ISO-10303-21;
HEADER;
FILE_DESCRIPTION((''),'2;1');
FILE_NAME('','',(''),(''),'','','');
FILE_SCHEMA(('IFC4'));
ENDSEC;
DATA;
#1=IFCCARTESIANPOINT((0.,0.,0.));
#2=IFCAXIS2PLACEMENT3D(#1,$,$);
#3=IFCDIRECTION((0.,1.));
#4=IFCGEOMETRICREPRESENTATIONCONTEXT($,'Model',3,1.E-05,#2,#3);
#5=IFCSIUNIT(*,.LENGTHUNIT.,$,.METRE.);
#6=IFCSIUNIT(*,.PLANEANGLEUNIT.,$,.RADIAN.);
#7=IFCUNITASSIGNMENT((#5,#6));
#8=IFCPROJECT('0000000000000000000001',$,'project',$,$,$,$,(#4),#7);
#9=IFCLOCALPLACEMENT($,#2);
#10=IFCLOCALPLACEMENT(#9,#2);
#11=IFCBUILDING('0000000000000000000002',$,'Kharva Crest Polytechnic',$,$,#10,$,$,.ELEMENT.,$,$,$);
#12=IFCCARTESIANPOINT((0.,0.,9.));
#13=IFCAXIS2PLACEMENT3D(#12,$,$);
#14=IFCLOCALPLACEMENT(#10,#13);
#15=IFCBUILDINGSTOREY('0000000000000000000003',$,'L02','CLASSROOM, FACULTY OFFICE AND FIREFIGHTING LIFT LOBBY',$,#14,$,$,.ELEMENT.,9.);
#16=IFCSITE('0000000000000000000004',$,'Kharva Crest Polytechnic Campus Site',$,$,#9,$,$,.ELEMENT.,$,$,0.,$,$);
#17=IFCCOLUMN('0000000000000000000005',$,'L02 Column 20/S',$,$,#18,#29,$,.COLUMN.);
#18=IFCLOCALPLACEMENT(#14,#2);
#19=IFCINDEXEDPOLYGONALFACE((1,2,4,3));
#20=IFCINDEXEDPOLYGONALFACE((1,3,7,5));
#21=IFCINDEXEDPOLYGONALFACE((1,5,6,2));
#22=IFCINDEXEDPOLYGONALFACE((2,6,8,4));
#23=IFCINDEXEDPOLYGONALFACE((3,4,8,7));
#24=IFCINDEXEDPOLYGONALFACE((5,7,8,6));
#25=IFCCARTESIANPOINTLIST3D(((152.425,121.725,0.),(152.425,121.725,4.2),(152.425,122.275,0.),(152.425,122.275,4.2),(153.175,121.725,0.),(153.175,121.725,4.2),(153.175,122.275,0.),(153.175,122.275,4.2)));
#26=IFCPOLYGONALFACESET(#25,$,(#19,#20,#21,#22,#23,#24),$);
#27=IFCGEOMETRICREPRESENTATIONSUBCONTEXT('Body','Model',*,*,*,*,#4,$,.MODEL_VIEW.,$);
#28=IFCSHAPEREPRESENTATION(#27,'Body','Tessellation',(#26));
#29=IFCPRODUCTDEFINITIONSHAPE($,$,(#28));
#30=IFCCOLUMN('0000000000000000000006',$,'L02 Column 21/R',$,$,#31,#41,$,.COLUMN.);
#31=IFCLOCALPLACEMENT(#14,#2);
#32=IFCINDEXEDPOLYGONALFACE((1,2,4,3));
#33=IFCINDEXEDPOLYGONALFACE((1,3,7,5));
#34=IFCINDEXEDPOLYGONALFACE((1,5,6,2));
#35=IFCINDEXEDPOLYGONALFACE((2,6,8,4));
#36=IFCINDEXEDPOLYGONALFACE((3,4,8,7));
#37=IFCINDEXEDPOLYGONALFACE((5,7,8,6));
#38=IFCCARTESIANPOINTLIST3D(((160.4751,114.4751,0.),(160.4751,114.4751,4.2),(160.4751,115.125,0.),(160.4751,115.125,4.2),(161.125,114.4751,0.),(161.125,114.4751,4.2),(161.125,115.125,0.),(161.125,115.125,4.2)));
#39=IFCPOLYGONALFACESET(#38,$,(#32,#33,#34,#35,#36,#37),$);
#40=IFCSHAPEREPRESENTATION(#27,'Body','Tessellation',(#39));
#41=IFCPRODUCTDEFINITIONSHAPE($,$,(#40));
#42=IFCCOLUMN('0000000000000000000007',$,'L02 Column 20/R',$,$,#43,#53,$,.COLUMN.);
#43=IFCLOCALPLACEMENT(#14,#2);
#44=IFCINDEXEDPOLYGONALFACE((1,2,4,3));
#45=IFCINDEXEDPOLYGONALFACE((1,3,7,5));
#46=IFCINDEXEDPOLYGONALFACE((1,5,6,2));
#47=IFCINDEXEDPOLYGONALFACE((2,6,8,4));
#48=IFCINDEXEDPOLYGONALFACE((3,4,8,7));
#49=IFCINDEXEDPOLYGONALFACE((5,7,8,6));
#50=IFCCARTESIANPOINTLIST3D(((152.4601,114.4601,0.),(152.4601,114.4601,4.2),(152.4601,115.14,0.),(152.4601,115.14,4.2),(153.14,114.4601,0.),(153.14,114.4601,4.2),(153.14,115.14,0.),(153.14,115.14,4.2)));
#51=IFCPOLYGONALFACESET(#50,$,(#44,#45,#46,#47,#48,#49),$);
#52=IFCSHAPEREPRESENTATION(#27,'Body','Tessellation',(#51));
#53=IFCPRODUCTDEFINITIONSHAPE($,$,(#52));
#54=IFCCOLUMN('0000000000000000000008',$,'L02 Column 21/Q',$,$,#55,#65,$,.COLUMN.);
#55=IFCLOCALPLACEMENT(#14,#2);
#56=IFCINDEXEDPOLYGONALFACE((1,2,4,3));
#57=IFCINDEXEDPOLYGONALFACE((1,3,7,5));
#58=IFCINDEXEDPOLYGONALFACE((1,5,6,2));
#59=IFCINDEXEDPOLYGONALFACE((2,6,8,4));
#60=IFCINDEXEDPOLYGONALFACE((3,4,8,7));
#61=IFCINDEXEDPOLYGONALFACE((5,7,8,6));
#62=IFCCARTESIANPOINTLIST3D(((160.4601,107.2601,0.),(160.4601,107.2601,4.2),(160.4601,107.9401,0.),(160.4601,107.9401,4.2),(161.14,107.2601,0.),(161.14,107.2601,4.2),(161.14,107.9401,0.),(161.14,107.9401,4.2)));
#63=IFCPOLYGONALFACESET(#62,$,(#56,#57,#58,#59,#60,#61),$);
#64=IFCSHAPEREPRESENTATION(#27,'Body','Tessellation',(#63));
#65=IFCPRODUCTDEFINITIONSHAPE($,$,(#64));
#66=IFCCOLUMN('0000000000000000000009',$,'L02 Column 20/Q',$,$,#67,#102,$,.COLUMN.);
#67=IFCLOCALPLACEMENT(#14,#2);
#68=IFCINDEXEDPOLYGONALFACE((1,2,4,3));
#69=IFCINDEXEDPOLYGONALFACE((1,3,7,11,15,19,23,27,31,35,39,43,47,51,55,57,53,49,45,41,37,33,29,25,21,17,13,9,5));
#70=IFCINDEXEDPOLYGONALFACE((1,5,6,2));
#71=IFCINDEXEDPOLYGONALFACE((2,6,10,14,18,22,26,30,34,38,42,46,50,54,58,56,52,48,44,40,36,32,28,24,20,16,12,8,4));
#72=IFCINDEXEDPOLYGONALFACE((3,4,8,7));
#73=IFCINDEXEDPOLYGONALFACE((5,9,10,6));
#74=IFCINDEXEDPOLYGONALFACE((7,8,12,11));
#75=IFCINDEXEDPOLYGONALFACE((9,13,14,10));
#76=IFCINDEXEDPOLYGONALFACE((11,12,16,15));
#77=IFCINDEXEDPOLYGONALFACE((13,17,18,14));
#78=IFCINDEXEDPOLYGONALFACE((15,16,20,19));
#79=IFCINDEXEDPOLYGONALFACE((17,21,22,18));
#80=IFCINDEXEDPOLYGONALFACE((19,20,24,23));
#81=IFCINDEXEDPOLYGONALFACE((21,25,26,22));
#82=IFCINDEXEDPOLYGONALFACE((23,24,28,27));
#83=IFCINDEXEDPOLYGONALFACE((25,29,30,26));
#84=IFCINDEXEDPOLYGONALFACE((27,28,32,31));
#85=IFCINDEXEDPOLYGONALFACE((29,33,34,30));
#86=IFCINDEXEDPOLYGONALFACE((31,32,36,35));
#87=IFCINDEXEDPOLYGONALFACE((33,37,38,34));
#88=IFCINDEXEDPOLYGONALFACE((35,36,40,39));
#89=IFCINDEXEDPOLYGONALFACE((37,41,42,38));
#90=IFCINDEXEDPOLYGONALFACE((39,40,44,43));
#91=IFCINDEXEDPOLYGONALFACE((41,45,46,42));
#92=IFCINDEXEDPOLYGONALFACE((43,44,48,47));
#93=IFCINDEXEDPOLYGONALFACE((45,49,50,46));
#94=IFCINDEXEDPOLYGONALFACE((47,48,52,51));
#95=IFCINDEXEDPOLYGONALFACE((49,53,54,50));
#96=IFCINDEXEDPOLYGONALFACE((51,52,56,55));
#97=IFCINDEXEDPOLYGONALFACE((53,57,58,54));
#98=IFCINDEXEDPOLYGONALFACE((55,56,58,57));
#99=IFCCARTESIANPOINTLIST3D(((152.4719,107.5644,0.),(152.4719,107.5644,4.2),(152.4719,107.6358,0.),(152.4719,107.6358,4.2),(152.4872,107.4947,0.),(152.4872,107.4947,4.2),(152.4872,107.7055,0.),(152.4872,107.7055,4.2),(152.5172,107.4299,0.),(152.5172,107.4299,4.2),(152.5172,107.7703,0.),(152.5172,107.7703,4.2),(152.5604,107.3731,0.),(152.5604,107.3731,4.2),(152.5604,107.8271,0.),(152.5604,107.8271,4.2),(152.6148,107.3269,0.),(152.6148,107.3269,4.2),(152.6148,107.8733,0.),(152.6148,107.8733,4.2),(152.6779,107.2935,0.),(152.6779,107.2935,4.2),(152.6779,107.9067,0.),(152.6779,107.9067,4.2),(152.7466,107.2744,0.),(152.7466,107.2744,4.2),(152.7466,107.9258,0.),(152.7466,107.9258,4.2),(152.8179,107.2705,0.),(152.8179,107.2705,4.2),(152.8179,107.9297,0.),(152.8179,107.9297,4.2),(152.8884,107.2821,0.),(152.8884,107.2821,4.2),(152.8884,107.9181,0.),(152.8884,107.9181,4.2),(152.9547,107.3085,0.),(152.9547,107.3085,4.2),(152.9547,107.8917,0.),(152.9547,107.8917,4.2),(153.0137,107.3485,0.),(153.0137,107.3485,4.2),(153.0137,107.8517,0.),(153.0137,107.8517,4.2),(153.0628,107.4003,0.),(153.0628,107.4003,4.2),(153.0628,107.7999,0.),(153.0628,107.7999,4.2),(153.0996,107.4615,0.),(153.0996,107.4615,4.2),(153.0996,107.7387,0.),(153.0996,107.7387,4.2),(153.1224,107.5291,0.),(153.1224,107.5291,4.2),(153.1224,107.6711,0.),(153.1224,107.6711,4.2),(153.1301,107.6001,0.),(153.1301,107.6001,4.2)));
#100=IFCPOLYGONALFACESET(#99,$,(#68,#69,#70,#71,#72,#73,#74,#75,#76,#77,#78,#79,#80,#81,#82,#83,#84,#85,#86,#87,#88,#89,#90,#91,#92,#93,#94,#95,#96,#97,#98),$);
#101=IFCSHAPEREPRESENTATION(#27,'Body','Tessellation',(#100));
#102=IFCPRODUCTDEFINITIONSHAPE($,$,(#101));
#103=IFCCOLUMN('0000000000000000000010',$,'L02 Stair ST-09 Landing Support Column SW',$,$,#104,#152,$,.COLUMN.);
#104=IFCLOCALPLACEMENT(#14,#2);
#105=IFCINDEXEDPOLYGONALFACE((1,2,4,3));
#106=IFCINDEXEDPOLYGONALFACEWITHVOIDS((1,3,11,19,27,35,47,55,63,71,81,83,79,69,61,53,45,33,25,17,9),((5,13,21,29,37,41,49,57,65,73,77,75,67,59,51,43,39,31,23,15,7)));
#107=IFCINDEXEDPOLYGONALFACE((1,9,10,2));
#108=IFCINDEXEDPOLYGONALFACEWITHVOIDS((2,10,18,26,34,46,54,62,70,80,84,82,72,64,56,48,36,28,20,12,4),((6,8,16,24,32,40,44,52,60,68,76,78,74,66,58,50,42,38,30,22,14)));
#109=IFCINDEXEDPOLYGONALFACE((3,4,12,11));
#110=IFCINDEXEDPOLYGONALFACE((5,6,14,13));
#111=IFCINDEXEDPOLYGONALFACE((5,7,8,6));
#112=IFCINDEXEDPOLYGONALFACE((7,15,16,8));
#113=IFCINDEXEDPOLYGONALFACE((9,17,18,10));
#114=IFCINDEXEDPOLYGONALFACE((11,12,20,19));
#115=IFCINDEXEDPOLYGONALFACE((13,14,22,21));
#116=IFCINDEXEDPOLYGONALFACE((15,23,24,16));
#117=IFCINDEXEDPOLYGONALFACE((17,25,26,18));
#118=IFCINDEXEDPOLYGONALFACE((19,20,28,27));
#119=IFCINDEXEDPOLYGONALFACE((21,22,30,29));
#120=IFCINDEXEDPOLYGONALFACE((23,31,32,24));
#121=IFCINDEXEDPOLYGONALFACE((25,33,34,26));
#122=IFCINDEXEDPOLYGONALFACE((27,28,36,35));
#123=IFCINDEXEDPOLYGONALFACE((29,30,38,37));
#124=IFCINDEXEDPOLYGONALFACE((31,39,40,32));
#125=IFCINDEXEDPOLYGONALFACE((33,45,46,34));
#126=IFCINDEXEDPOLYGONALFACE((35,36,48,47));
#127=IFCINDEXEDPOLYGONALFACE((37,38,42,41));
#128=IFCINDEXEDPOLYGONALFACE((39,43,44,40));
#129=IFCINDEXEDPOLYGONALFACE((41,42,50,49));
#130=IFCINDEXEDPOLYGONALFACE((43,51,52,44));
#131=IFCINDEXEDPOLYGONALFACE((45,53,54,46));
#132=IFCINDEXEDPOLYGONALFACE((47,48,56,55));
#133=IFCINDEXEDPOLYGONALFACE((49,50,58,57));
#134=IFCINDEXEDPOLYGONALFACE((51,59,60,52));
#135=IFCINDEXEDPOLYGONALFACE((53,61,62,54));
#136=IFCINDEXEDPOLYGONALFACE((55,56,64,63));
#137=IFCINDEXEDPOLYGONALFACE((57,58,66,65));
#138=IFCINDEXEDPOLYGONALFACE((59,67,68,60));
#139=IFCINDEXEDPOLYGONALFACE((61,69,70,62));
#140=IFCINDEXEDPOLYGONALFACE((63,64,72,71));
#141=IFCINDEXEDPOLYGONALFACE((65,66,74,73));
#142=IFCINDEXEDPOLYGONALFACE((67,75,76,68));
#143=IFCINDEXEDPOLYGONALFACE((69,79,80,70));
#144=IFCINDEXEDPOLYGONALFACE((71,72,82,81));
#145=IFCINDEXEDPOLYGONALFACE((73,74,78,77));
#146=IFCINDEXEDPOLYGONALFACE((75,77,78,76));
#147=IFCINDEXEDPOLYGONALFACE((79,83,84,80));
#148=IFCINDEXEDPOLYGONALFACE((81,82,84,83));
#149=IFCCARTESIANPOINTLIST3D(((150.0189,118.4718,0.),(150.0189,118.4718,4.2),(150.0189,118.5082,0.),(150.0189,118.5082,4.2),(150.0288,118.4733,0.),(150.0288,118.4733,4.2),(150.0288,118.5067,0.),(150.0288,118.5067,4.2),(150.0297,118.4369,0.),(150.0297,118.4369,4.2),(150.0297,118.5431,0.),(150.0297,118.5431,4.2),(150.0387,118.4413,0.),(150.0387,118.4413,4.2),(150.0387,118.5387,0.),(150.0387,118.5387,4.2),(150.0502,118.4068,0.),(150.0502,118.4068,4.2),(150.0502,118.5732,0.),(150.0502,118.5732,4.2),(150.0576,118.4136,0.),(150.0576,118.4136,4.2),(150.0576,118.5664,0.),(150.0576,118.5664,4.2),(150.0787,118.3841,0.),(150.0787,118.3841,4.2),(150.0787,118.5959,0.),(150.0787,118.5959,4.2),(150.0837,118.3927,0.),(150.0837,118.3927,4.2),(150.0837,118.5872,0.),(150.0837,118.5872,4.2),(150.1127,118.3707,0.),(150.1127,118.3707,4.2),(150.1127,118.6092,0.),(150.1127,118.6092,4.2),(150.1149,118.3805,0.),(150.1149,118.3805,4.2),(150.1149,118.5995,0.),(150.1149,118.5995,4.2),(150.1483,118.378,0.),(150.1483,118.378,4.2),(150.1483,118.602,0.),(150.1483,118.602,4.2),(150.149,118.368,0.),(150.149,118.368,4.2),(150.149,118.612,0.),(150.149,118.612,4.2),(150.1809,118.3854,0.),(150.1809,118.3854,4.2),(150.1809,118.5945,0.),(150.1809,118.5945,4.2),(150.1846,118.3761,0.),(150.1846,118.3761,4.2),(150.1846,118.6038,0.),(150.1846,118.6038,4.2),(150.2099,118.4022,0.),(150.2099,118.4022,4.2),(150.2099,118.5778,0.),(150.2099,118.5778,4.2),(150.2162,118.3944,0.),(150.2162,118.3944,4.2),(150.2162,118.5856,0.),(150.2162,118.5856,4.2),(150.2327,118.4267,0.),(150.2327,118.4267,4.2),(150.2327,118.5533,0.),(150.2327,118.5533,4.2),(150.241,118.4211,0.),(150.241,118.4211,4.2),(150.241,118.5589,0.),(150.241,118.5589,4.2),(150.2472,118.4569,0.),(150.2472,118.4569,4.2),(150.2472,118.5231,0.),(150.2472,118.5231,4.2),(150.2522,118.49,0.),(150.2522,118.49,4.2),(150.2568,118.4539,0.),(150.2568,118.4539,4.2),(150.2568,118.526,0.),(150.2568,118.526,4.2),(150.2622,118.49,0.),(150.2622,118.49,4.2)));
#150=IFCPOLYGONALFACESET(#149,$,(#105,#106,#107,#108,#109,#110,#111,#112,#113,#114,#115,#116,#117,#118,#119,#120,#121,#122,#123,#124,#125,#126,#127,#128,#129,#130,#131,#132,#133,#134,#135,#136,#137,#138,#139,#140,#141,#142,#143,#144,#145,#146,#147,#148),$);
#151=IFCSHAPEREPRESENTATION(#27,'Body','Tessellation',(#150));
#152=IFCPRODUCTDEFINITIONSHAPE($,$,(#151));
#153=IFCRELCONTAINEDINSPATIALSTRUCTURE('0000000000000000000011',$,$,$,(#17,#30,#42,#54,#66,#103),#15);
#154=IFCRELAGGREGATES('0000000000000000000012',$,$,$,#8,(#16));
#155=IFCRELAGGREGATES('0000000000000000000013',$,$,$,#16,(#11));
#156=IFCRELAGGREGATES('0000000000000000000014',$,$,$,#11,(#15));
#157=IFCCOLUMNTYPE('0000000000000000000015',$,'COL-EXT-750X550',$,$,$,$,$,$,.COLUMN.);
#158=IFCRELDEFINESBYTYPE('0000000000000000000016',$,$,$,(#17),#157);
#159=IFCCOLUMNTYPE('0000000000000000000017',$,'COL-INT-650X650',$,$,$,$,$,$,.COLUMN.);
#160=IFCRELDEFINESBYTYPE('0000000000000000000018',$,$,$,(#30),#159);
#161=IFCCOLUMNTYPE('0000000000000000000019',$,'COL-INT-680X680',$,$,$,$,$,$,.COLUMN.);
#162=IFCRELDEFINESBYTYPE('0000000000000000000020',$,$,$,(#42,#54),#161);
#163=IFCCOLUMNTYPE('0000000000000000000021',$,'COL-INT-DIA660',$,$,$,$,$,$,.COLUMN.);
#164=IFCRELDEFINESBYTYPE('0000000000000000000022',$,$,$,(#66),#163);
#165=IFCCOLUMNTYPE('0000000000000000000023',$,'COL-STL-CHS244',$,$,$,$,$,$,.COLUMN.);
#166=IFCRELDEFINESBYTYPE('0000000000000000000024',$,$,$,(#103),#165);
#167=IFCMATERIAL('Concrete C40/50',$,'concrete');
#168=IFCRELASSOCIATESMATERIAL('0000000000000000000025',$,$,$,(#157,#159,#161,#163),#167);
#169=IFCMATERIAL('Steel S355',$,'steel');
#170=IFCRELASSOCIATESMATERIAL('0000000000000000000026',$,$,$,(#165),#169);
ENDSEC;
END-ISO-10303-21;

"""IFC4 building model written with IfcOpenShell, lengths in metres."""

from ifc_helpers import new_model, si_unit, direction, frame, origin, origin_2d, place, context, subcontext, project, spatial, rectangle, circle, hollow_circle, extrude, material, material_profile, profile_set, type_object, element, save


model = new_model("IFC4")

# Units and contexts
model_context = context("Model", 3, precision=1e-05, world=origin(), true_north=direction((0.0, 1.0)))
body_context = subcontext(model_context, "Body", "Model", "MODEL_VIEW")
ifc_project = project(units=[si_unit("LENGTHUNIT", "METRE"), si_unit("PLANEANGLEUNIT", "RADIAN")], contexts=[model_context])

# Site, building, storey
site_placement = place(None, origin())
site = spatial("IfcSite", under=ifc_project, at=site_placement, Name="Kharva Crest Polytechnic Campus Site", CompositionType="ELEMENT", RefElevation=0.0)
building_placement = place(site_placement, origin())
building = spatial("IfcBuilding", under=site, at=building_placement, Name="Kharva Crest Polytechnic", CompositionType="ELEMENT")
storey_placement = place(building_placement, frame((0.0, 0.0, 9.0)))
storey = spatial("IfcBuildingStorey", under=building, at=storey_placement, Name="L02", Description="CLASSROOM, FACULTY OFFICE AND FIREFIGHTING LIFT LOBBY", CompositionType="ELEMENT", Elevation=9.0)

# Columns
ifc_material_1 = material(Name="Concrete C40/50", Category="concrete")
ifc_material_profile_1 = material_profile(ifc_material_1, rectangle(XDim=0.75, YDim=0.55, at=origin_2d()), Name="RECT 750 X 550")
ifc_profile_set_1 = profile_set([ifc_material_profile_1], Name="Concrete C40/50")
column_type_1 = type_object("IfcColumnType", Name="COL-EXT-750X550", PredefinedType="COLUMN", material=ifc_profile_set_1)
column_1_placement = place(storey_placement, frame((152.8, 122.0, 0.0), z_axis=(0.0, 0.0, 1.0), x_axis=(1.0, 0.0, 0.0)))
element("IfcColumn", 1, at=column_1_placement, inside=storey, type_object=column_type_1, Name="L02 Column 20/S", PredefinedType="COLUMN", context=body_context, shape_type="SweptSolid", body=[
    extrude(rectangle(XDim=0.75, YDim=0.55, at=origin_2d()), origin(), (0.0, 0.0, 1.0), 4.2),
])
ifc_material_profile_2 = material_profile(ifc_material_1, rectangle(XDim=0.6499, YDim=0.6499, at=origin_2d()), Name="RECT 650 X 650")
ifc_profile_set_2 = profile_set([ifc_material_profile_2], Name="Concrete C40/50")
column_type_2 = type_object("IfcColumnType", Name="COL-INT-650X650", PredefinedType="COLUMN", material=ifc_profile_set_2)
column_2_placement = place(storey_placement, frame((160.8, 114.8, 0.0), z_axis=(0.0, 0.0, 1.0), x_axis=(1.0, 0.0, 0.0)))
element("IfcColumn", 2, at=column_2_placement, inside=storey, type_object=column_type_2, Name="L02 Column 21/R", PredefinedType="COLUMN", context=body_context, shape_type="SweptSolid", body=[
    extrude(rectangle(XDim=0.6499, YDim=0.6499, at=origin_2d()), origin(), (0.0, 0.0, 1.0), 4.2),
])
ifc_material_profile_3 = material_profile(ifc_material_1, rectangle(XDim=0.6799, YDim=0.6799, at=origin_2d()), Name="RECT 680 X 680")
ifc_profile_set_3 = profile_set([ifc_material_profile_3], Name="Concrete C40/50")
column_type_3 = type_object("IfcColumnType", Name="COL-INT-680X680", PredefinedType="COLUMN", material=ifc_profile_set_3)
for number, where, z_axis, x_axis, name in (
    (3, (152.8, 114.8, 0.0), (0.0, 0.0, 1.0), (1.0, 0.0, 0.0), "L02 Column 20/R"),
    (4, (160.8, 107.6001, 0.0), (0.0, 0.0, 1.0), (1.0, 0.0, 0.0), "L02 Column 21/Q"),
):
    element("IfcColumn", number, at=place(storey_placement, frame(where, z_axis=z_axis, x_axis=x_axis)), inside=storey, type_object=column_type_3, Name=name, PredefinedType="COLUMN", context=body_context, shape_type="SweptSolid", body=[
        extrude(rectangle(XDim=0.6799, YDim=0.6799, at=origin_2d()), origin(), (0.0, 0.0, 1.0), 4.2),
    ])
ifc_material_profile_4 = material_profile(ifc_material_1, circle(Radius=0.3301, at=origin_2d()), Name="DIA 660")
ifc_profile_set_4 = profile_set([ifc_material_profile_4], Name="Concrete C40/50")
column_type_4 = type_object("IfcColumnType", Name="COL-INT-DIA660", PredefinedType="COLUMN", material=ifc_profile_set_4)
column_3_placement = place(storey_placement, frame((152.8, 107.6001, 0.0), z_axis=(0.0, 0.0, 1.0), x_axis=(1.0, 0.0, 0.0)))
element("IfcColumn", 5, at=column_3_placement, inside=storey, type_object=column_type_4, Name="L02 Column 20/Q", PredefinedType="COLUMN", context=body_context, shape_type="SweptSolid", body=[
    extrude(circle(Radius=0.3301, at=origin_2d()), origin(), (0.0, 0.0, 1.0), 4.2),
])
ifc_material_2 = material(Name="Steel S355", Category="steel")
ifc_material_profile_5 = material_profile(ifc_material_2, hollow_circle(Radius=0.1223, WallThickness=0.01, at=origin_2d()), Name="CHS 244.5X10.0")
ifc_profile_set_5 = profile_set([ifc_material_profile_5], Name="Steel S355")
column_type_5 = type_object("IfcColumnType", Name="COL-STL-CHS244", PredefinedType="COLUMN", material=ifc_profile_set_5)
for number, where, z_axis, x_axis, name in (
    (6, (150.1399, 118.49, 0.0), (0.0, 0.0, 1.0), (1.0, 0.0, 0.0), "L02 Stair ST-09 Landing Support Column SW"),
):
    element("IfcColumn", number, at=place(storey_placement, frame(where, z_axis=z_axis, x_axis=x_axis)), inside=storey, type_object=column_type_5, Name=name, PredefinedType="COLUMN", context=body_context, shape_type="SweptSolid", body=[
        extrude(hollow_circle(Radius=0.1223, WallThickness=0.01, at=origin_2d()), origin(), (0.0, 0.0, 1.0), 4.2),
    ])

save(model, "model.ifc")
